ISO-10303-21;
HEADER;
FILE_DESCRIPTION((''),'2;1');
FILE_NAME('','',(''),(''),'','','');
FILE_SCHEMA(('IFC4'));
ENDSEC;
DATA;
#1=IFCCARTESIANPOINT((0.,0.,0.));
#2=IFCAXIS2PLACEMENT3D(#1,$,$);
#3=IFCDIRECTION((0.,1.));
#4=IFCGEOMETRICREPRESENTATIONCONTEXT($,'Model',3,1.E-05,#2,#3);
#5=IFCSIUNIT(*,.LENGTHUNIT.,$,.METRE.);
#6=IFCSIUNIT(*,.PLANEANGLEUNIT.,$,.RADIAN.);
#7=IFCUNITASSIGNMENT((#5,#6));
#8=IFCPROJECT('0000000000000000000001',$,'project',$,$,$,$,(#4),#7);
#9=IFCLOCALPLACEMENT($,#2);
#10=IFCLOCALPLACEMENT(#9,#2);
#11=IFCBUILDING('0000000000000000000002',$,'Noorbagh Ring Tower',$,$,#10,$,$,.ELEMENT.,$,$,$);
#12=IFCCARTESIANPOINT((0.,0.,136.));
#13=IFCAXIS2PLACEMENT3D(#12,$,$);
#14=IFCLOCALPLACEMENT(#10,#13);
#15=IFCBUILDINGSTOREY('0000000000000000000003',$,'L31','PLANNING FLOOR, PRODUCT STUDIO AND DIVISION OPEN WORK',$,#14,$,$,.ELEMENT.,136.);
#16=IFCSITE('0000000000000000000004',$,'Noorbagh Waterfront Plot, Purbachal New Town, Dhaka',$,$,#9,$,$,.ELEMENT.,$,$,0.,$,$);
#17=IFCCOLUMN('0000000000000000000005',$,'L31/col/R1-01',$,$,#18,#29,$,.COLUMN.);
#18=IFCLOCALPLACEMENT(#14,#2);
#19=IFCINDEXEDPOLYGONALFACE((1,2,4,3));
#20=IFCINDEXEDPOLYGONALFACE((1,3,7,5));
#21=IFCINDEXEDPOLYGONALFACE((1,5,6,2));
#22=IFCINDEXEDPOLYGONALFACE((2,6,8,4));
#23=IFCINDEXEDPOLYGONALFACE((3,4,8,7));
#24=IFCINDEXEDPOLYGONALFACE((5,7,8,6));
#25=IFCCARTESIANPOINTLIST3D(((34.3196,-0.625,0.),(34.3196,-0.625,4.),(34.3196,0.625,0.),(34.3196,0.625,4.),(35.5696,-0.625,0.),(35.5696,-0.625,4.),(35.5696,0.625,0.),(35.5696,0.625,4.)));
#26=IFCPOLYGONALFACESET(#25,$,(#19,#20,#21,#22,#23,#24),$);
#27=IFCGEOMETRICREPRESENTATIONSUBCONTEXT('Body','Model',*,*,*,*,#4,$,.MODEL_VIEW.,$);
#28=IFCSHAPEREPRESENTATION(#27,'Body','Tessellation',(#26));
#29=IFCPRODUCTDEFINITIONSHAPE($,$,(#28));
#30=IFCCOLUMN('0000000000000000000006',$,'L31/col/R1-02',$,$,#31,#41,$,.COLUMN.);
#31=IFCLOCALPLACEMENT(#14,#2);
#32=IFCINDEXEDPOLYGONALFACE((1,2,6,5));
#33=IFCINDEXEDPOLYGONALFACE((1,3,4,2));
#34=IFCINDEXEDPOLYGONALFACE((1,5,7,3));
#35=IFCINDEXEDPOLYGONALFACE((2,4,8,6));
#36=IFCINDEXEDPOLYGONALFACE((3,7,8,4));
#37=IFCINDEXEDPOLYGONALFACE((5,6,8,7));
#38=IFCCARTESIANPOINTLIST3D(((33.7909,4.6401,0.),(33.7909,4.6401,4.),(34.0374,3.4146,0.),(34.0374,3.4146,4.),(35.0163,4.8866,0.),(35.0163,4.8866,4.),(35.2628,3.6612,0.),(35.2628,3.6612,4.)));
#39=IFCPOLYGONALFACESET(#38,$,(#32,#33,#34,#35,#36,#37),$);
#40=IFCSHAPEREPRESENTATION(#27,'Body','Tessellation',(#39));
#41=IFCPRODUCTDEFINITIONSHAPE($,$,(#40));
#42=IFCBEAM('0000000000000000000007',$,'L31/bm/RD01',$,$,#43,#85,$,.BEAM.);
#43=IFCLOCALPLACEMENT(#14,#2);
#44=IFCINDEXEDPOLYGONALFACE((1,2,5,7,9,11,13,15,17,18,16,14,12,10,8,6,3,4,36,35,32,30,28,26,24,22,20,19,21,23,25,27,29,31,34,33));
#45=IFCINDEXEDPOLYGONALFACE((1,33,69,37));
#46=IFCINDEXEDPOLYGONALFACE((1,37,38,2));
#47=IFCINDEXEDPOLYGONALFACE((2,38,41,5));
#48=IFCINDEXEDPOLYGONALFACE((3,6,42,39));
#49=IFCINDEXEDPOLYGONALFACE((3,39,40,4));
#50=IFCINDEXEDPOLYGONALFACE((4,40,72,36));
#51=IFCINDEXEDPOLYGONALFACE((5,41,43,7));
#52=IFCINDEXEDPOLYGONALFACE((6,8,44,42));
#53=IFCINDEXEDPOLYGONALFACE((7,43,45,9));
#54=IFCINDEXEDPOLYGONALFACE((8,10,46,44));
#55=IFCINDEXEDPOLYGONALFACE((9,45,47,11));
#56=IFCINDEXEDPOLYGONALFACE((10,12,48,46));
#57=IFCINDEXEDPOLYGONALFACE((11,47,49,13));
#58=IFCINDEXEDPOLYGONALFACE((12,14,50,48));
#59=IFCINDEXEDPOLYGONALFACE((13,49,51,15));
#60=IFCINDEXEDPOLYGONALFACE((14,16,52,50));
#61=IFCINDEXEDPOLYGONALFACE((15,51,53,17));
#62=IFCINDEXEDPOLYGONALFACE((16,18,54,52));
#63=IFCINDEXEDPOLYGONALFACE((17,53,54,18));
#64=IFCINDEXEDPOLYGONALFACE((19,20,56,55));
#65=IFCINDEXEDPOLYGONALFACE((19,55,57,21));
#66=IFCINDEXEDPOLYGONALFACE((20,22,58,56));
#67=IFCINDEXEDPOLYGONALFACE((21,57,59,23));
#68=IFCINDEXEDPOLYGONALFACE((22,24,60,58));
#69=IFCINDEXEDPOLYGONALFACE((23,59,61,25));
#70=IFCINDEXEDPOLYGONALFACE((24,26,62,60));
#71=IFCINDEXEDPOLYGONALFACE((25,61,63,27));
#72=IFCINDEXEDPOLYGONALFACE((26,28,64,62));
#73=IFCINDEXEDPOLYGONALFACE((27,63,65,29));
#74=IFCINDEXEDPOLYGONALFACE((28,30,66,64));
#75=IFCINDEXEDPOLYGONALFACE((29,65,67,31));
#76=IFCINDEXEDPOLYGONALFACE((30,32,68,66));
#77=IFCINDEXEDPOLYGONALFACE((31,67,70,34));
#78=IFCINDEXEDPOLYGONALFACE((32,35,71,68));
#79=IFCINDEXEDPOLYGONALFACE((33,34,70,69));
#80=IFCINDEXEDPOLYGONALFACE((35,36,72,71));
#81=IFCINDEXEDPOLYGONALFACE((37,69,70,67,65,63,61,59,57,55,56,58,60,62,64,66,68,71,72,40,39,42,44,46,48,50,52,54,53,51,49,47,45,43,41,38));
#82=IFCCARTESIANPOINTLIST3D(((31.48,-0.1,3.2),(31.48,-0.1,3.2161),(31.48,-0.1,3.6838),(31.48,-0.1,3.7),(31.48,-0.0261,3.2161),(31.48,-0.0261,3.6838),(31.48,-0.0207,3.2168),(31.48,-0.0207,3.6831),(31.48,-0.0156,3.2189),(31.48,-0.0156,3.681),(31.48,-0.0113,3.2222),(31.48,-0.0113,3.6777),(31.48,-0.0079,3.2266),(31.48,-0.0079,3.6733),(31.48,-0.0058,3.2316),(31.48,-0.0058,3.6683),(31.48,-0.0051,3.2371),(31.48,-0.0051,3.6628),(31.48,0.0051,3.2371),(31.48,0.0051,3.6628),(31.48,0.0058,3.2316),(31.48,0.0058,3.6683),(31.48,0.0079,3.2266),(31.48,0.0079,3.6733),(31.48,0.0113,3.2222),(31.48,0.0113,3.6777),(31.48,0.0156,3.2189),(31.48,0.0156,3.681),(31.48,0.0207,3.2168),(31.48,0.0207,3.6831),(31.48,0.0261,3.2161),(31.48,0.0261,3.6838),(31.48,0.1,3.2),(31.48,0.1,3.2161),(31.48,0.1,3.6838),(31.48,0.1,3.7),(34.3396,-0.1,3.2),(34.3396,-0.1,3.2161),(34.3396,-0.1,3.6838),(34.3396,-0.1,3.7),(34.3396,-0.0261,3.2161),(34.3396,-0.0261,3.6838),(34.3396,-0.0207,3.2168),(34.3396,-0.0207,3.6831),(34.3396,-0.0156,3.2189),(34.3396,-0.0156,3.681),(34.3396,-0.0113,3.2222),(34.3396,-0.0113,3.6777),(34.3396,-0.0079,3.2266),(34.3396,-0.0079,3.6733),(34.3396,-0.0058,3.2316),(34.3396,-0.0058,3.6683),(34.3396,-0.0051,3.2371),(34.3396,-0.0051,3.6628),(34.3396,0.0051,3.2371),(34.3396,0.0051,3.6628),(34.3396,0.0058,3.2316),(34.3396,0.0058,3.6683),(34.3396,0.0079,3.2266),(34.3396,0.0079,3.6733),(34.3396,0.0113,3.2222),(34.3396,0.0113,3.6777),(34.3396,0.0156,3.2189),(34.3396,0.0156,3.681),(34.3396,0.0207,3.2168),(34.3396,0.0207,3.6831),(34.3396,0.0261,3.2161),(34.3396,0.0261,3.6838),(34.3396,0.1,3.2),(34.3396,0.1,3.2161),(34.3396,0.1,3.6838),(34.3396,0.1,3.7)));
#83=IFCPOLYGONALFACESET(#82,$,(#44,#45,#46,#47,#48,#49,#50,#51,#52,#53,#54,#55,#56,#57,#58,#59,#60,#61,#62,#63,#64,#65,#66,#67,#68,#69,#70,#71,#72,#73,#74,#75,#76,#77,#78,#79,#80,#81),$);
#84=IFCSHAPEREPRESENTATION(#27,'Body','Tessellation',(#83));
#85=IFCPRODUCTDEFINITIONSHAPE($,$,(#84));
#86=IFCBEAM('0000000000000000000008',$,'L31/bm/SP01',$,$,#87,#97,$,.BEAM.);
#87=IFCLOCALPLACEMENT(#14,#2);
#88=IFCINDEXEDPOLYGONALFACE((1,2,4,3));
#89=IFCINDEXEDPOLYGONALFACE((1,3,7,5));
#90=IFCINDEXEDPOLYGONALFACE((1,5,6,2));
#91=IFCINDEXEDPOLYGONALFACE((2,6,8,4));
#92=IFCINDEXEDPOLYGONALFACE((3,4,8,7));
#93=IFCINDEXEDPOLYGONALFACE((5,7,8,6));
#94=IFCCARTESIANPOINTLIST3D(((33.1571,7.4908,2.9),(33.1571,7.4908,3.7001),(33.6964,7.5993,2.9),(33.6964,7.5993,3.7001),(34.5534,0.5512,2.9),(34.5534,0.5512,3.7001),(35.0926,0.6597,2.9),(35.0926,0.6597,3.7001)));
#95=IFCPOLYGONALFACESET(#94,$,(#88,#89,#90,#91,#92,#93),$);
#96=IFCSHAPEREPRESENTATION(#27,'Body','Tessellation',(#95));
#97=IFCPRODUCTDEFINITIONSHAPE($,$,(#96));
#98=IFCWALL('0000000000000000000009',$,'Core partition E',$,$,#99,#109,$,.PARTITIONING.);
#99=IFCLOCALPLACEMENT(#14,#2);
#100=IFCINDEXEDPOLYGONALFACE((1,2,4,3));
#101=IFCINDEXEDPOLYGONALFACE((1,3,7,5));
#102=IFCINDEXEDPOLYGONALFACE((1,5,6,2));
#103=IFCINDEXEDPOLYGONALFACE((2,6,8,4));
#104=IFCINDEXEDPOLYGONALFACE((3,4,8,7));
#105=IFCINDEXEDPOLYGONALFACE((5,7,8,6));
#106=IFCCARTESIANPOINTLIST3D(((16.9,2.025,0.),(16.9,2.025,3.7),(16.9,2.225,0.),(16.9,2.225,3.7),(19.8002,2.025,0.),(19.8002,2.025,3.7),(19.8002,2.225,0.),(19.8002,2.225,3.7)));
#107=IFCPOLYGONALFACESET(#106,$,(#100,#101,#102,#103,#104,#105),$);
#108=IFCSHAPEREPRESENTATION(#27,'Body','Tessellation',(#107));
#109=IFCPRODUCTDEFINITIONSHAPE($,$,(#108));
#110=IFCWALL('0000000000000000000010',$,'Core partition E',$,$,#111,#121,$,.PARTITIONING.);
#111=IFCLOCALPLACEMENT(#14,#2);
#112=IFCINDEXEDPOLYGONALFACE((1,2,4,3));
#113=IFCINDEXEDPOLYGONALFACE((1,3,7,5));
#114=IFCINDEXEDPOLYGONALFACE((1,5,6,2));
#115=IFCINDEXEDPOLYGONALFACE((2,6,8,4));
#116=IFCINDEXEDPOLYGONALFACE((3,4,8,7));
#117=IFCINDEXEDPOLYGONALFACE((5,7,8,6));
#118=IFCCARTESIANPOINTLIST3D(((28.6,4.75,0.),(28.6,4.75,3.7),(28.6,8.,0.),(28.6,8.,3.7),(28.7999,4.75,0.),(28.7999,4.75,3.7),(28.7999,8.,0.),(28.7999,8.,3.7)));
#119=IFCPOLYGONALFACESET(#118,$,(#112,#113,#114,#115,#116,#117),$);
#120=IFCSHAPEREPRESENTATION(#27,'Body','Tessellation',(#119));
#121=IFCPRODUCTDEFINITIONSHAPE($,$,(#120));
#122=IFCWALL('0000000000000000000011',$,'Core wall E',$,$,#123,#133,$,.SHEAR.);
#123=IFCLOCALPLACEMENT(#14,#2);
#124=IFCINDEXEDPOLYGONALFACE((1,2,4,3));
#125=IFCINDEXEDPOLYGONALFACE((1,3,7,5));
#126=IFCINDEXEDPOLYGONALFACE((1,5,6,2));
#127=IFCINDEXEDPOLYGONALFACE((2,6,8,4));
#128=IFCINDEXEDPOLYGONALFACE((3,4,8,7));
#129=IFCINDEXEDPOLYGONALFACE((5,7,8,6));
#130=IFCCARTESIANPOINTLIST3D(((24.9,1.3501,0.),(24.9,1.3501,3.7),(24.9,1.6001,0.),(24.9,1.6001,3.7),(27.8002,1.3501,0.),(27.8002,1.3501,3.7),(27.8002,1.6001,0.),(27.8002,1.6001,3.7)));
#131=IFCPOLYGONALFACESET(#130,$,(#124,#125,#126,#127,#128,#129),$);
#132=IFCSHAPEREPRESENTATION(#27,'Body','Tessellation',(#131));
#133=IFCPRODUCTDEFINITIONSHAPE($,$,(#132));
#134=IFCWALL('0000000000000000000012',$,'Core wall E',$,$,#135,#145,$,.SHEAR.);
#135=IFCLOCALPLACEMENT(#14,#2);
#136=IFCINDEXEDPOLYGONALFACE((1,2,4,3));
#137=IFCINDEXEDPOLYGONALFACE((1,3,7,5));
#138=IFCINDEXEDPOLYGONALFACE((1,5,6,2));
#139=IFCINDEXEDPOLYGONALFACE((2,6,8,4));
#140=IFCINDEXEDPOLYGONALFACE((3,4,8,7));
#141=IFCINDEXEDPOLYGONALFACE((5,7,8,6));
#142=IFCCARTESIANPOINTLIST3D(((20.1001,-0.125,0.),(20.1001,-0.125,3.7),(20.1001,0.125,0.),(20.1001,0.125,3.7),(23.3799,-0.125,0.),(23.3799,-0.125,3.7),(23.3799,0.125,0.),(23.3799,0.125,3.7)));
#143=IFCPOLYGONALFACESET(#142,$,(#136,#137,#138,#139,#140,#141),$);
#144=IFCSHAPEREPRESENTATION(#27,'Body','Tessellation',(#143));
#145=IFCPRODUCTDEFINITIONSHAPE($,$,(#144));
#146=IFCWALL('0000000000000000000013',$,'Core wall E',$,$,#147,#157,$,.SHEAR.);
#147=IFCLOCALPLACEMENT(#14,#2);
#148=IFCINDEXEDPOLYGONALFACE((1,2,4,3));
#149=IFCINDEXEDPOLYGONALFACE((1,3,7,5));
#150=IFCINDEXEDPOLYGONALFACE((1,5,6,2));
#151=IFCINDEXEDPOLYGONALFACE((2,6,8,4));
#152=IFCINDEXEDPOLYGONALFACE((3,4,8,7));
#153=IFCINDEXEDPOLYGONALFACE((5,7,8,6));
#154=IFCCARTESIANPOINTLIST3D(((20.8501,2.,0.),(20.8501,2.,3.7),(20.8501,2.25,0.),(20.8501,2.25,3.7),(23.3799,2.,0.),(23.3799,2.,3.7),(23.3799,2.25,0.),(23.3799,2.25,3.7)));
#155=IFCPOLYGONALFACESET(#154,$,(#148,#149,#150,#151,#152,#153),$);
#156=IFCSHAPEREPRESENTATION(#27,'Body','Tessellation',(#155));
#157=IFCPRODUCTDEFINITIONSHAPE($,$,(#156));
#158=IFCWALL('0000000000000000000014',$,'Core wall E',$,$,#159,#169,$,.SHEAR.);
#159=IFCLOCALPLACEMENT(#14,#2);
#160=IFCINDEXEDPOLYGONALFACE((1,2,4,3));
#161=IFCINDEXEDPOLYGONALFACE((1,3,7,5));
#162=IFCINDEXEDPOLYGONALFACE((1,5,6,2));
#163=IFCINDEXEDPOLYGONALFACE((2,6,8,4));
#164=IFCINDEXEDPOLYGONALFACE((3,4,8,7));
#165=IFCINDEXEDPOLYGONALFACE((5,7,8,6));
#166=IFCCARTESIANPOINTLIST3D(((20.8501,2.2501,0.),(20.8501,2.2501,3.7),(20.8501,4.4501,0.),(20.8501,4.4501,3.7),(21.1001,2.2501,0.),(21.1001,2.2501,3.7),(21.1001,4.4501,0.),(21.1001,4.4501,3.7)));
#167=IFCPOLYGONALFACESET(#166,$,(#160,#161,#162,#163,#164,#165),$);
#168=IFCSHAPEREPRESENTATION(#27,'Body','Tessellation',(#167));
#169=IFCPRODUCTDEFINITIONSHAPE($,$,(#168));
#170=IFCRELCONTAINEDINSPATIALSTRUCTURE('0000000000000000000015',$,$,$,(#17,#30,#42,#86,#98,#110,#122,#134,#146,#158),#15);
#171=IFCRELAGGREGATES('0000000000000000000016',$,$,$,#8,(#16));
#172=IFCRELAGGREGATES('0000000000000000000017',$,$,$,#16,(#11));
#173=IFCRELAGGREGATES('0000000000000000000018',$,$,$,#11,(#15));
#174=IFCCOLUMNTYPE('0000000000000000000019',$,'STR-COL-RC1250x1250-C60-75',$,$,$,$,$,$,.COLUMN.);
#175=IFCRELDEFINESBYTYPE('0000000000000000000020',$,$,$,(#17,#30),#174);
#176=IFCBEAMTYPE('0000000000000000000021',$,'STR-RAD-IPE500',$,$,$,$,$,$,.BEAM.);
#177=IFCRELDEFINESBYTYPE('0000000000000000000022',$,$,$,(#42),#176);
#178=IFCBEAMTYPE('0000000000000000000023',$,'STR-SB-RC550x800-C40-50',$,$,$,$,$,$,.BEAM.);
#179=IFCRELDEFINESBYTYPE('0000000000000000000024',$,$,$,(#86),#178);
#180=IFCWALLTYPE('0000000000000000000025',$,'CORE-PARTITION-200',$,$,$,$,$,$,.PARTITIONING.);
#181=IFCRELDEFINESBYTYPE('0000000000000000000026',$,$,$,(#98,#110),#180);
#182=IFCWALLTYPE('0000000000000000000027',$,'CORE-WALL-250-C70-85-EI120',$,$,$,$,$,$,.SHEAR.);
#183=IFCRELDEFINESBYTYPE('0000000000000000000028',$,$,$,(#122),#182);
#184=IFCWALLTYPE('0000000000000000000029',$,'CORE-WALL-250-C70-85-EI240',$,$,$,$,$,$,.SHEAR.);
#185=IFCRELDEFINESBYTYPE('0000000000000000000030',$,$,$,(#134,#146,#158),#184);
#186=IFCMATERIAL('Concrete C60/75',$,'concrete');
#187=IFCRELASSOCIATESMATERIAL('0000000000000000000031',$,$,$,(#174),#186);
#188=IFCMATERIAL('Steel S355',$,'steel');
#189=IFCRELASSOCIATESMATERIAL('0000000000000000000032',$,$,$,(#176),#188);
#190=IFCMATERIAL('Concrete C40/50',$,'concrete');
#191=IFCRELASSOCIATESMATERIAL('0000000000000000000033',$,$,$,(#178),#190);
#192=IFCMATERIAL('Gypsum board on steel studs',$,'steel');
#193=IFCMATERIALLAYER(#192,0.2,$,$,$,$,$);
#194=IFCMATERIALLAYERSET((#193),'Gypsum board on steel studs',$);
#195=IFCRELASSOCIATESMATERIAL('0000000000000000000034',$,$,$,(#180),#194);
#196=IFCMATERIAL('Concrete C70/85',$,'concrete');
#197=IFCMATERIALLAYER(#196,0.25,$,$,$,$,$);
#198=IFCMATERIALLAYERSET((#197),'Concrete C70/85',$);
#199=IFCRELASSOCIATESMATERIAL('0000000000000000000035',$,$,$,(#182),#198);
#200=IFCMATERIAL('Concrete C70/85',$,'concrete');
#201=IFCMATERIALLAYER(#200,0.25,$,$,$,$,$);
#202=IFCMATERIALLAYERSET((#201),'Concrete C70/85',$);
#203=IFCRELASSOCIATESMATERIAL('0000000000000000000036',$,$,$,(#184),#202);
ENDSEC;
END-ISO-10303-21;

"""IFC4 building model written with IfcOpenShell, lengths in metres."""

from ifc_helpers import new_model, si_unit, direction, frame, frame_2d, origin, origin_2d, place, context, subcontext, project, spatial, rectangle, i_section, extrude, material, layer, layer_set, material_profile, profile_set, type_object, element, save


model = new_model("IFC4")

# Units and contexts
model_context = context("Model", 3, precision=1e-05, world=origin(), true_north=direction((0.0, 1.0)))
body_context = subcontext(model_context, "Body", "Model", "MODEL_VIEW")
ifc_project = project(units=[si_unit("LENGTHUNIT", "METRE"), si_unit("PLANEANGLEUNIT", "RADIAN")], contexts=[model_context])

# Site, building, storey
site_placement = place(None, origin())
site = spatial("IfcSite", under=ifc_project, at=site_placement, Name="Noorbagh Waterfront Plot, Purbachal New Town, Dhaka", CompositionType="ELEMENT", RefElevation=0.0)
building_placement = place(site_placement, origin())
building = spatial("IfcBuilding", under=site, at=building_placement, Name="Noorbagh Ring Tower", CompositionType="ELEMENT")
storey_placement = place(building_placement, frame((0.0, 0.0, 136.0)))
storey = spatial("IfcBuildingStorey", under=building, at=storey_placement, Name="L31", Description="PLANNING FLOOR, PRODUCT STUDIO AND DIVISION OPEN WORK", CompositionType="ELEMENT", Elevation=136.0)

# Columns
ifc_material_1 = material(Name="Concrete C60/75", Category="concrete")
ifc_material_profile_1 = material_profile(ifc_material_1, rectangle(XDim=1.25, YDim=1.25, at=origin_2d()), Name="RC1250x1250")
ifc_profile_set_1 = profile_set([ifc_material_profile_1], Name="Concrete C60/75")
column_type = type_object("IfcColumnType", Name="STR-COL-RC1250x1250-C60-75", PredefinedType="COLUMN", material=ifc_profile_set_1)
for number, where, z_axis, x_axis, name in (
    (1, (34.9446, 0.0, 0.0), (0.0, 0.0, 1.0), (0.0, 1.0, 0.0), "L31/col/R1-01"),
    (2, (34.5269, 4.1506, 0.0), (0.0, 0.0, 1.0), (-0.19723, 0.980357, 0.0), "L31/col/R1-02"),
):
    element("IfcColumn", number, at=place(storey_placement, frame(where, z_axis=z_axis, x_axis=x_axis)), inside=storey, type_object=column_type, Name=name, PredefinedType="COLUMN", context=body_context, shape_type="SweptSolid", body=[
        extrude(rectangle(XDim=1.25, YDim=1.25, at=origin_2d()), origin(), (0.0, 0.0, 1.0), 4.0),
    ])

# Beams
ifc_material_2 = material(Name="Steel S355", Category="steel")
ifc_material_profile_2 = material_profile(ifc_material_2, i_section(OverallWidth=0.2, OverallDepth=0.5, WebThickness=0.0103, FlangeThickness=0.0161, FilletRadius=0.021, at=origin_2d()), Name="IPE500")
ifc_profile_set_2 = profile_set([ifc_material_profile_2], Name="Steel S355")
beam_type_1 = type_object("IfcBeamType", Name="STR-RAD-IPE500", PredefinedType="BEAM", material=ifc_profile_set_2)
beam_1_placement = place(storey_placement, frame((34.3396, 0.0, 3.45), z_axis=(-1.0, 0.0, 0.0), x_axis=(0.0, -1.0, 0.0)))
element("IfcBeam", 3, at=beam_1_placement, inside=storey, type_object=beam_type_1, Name="L31/bm/RD01", PredefinedType="BEAM", context=body_context, shape_type="SweptSolid", body=[
    extrude(i_section(OverallWidth=0.2, OverallDepth=0.5, WebThickness=0.0103, FlangeThickness=0.0161, FilletRadius=0.021, at=origin_2d()), origin(), (0.0, 0.0, 1.0), 2.8596),
])
ifc_material_3 = material(Name="Concrete C40/50", Category="concrete")
ifc_material_profile_3 = material_profile(ifc_material_3, rectangle(XDim=0.55, YDim=0.8, at=origin_2d()), Name="RC550x800")
ifc_profile_set_3 = profile_set([ifc_material_profile_3], Name="Concrete C40/50")
beam_type_2 = type_object("IfcBeamType", Name="STR-SB-RC550x800-C40-50", PredefinedType="BEAM", material=ifc_profile_set_3)
beam_2_placement = place(storey_placement, frame((34.823, 0.6055, 3.3), z_axis=(-0.19725, 0.980353, 0.0), x_axis=(-0.980353, -0.19725, 0.0)))
element("IfcBeam", 4, at=beam_2_placement, inside=storey, type_object=beam_type_2, Name="L31/bm/SP01", PredefinedType="BEAM", context=body_context, shape_type="SweptSolid", body=[
    extrude(rectangle(XDim=0.55, YDim=0.8, at=origin_2d()), origin(), (0.0, 0.0, 1.0), 7.0786),
])

# Walls
ifc_material_4 = material(Name="Gypsum board on steel studs", Category="steel")
ifc_layer_1 = layer(ifc_material_4, 0.2)
ifc_layer_set_1 = layer_set([ifc_layer_1], Name="Gypsum board on steel studs")
wall_type_1 = type_object("IfcWallType", Name="CORE-PARTITION-200", PredefinedType="PARTITIONING", material=ifc_layer_set_1)
wall_1_placement = place(storey_placement, frame((16.8999, 2.125, 0.0), z_axis=(0.0, 0.0, 1.0), x_axis=(1.0, 0.0, 0.0)))
element("IfcWall", 5, at=wall_1_placement, inside=storey, type_object=wall_type_1, Name="Core partition E", PredefinedType="PARTITIONING", context=body_context, shape_type="SweptSolid", body=[
    extrude(rectangle(XDim=2.9001, YDim=0.2, at=frame_2d((1.4502, 0.0))), origin(), (0.0, 0.0, 1.0), 3.7),
])
wall_2_placement = place(storey_placement, frame((28.7, 4.75, 0.0), z_axis=(0.0, 0.0, 1.0), x_axis=(0.0, 1.0, 0.0)))
element("IfcWall", 6, at=wall_2_placement, inside=storey, type_object=wall_type_1, Name="Core partition E", PredefinedType="PARTITIONING", context=body_context, shape_type="SweptSolid", body=[
    extrude(rectangle(XDim=3.25, YDim=0.2, at=frame_2d((1.625, 0.0))), origin(), (0.0, 0.0, 1.0), 3.7),
])
ifc_material_5 = material(Name="Concrete C70/85", Category="concrete")
ifc_layer_2 = layer(ifc_material_5, 0.25)
ifc_layer_set_2 = layer_set([ifc_layer_2], Name="Concrete C70/85")
wall_type_2 = type_object("IfcWallType", Name="CORE-WALL-250-C70-85-EI120", PredefinedType="SHEAR", material=ifc_layer_set_2)
wall_3_placement = place(storey_placement, frame((24.8999, 1.4751, 0.0), z_axis=(0.0, 0.0, 1.0), x_axis=(1.0, 0.0, 0.0)))
element("IfcWall", 7, at=wall_3_placement, inside=storey, type_object=wall_type_2, Name="Core wall E", PredefinedType="SHEAR", context=body_context, shape_type="SweptSolid", body=[
    extrude(rectangle(XDim=2.9001, YDim=0.25, at=frame_2d((1.4502, 0.0))), origin(), (0.0, 0.0, 1.0), 3.7),
])
ifc_material_6 = material(Name="Concrete C70/85", Category="concrete")
ifc_layer_3 = layer(ifc_material_6, 0.25)
ifc_layer_set_3 = layer_set([ifc_layer_3], Name="Concrete C70/85")
wall_type_3 = type_object("IfcWallType", Name="CORE-WALL-250-C70-85-EI240", PredefinedType="SHEAR", material=ifc_layer_set_3)
wall_4_placement = place(storey_placement, frame((20.1001, 0.0, 0.0), z_axis=(0.0, 0.0, 1.0), x_axis=(1.0, 0.0, 0.0)))
element("IfcWall", 8, at=wall_4_placement, inside=storey, type_object=wall_type_3, Name="Core wall E", PredefinedType="SHEAR", context=body_context, shape_type="SweptSolid", body=[
    extrude(rectangle(XDim=3.2798, YDim=0.25, at=frame_2d((1.6399, 0.0))), origin(), (0.0, 0.0, 1.0), 3.7),
])
wall_5_placement = place(storey_placement, frame((20.8501, 2.125, 0.0), z_axis=(0.0, 0.0, 1.0), x_axis=(1.0, 0.0, 0.0)))
element("IfcWall", 9, at=wall_5_placement, inside=storey, type_object=wall_type_3, Name="Core wall E", PredefinedType="SHEAR", context=body_context, shape_type="SweptSolid", body=[
    extrude(rectangle(XDim=2.5298, YDim=0.25, at=frame_2d((1.2649, 0.0))), origin(), (0.0, 0.0, 1.0), 3.7),
])
wall_6_placement = place(storey_placement, frame((20.9751, 2.25, 0.0), z_axis=(0.0, 0.0, 1.0), x_axis=(0.0, 1.0, 0.0)))
element("IfcWall", 10, at=wall_6_placement, inside=storey, type_object=wall_type_3, Name="Core wall E", PredefinedType="SHEAR", context=body_context, shape_type="SweptSolid", body=[
    extrude(rectangle(XDim=2.2, YDim=0.25, at=frame_2d((1.1001, 0.0))), origin(), (0.0, 0.0, 1.0), 3.7),
])

save(model, "model.ifc")
